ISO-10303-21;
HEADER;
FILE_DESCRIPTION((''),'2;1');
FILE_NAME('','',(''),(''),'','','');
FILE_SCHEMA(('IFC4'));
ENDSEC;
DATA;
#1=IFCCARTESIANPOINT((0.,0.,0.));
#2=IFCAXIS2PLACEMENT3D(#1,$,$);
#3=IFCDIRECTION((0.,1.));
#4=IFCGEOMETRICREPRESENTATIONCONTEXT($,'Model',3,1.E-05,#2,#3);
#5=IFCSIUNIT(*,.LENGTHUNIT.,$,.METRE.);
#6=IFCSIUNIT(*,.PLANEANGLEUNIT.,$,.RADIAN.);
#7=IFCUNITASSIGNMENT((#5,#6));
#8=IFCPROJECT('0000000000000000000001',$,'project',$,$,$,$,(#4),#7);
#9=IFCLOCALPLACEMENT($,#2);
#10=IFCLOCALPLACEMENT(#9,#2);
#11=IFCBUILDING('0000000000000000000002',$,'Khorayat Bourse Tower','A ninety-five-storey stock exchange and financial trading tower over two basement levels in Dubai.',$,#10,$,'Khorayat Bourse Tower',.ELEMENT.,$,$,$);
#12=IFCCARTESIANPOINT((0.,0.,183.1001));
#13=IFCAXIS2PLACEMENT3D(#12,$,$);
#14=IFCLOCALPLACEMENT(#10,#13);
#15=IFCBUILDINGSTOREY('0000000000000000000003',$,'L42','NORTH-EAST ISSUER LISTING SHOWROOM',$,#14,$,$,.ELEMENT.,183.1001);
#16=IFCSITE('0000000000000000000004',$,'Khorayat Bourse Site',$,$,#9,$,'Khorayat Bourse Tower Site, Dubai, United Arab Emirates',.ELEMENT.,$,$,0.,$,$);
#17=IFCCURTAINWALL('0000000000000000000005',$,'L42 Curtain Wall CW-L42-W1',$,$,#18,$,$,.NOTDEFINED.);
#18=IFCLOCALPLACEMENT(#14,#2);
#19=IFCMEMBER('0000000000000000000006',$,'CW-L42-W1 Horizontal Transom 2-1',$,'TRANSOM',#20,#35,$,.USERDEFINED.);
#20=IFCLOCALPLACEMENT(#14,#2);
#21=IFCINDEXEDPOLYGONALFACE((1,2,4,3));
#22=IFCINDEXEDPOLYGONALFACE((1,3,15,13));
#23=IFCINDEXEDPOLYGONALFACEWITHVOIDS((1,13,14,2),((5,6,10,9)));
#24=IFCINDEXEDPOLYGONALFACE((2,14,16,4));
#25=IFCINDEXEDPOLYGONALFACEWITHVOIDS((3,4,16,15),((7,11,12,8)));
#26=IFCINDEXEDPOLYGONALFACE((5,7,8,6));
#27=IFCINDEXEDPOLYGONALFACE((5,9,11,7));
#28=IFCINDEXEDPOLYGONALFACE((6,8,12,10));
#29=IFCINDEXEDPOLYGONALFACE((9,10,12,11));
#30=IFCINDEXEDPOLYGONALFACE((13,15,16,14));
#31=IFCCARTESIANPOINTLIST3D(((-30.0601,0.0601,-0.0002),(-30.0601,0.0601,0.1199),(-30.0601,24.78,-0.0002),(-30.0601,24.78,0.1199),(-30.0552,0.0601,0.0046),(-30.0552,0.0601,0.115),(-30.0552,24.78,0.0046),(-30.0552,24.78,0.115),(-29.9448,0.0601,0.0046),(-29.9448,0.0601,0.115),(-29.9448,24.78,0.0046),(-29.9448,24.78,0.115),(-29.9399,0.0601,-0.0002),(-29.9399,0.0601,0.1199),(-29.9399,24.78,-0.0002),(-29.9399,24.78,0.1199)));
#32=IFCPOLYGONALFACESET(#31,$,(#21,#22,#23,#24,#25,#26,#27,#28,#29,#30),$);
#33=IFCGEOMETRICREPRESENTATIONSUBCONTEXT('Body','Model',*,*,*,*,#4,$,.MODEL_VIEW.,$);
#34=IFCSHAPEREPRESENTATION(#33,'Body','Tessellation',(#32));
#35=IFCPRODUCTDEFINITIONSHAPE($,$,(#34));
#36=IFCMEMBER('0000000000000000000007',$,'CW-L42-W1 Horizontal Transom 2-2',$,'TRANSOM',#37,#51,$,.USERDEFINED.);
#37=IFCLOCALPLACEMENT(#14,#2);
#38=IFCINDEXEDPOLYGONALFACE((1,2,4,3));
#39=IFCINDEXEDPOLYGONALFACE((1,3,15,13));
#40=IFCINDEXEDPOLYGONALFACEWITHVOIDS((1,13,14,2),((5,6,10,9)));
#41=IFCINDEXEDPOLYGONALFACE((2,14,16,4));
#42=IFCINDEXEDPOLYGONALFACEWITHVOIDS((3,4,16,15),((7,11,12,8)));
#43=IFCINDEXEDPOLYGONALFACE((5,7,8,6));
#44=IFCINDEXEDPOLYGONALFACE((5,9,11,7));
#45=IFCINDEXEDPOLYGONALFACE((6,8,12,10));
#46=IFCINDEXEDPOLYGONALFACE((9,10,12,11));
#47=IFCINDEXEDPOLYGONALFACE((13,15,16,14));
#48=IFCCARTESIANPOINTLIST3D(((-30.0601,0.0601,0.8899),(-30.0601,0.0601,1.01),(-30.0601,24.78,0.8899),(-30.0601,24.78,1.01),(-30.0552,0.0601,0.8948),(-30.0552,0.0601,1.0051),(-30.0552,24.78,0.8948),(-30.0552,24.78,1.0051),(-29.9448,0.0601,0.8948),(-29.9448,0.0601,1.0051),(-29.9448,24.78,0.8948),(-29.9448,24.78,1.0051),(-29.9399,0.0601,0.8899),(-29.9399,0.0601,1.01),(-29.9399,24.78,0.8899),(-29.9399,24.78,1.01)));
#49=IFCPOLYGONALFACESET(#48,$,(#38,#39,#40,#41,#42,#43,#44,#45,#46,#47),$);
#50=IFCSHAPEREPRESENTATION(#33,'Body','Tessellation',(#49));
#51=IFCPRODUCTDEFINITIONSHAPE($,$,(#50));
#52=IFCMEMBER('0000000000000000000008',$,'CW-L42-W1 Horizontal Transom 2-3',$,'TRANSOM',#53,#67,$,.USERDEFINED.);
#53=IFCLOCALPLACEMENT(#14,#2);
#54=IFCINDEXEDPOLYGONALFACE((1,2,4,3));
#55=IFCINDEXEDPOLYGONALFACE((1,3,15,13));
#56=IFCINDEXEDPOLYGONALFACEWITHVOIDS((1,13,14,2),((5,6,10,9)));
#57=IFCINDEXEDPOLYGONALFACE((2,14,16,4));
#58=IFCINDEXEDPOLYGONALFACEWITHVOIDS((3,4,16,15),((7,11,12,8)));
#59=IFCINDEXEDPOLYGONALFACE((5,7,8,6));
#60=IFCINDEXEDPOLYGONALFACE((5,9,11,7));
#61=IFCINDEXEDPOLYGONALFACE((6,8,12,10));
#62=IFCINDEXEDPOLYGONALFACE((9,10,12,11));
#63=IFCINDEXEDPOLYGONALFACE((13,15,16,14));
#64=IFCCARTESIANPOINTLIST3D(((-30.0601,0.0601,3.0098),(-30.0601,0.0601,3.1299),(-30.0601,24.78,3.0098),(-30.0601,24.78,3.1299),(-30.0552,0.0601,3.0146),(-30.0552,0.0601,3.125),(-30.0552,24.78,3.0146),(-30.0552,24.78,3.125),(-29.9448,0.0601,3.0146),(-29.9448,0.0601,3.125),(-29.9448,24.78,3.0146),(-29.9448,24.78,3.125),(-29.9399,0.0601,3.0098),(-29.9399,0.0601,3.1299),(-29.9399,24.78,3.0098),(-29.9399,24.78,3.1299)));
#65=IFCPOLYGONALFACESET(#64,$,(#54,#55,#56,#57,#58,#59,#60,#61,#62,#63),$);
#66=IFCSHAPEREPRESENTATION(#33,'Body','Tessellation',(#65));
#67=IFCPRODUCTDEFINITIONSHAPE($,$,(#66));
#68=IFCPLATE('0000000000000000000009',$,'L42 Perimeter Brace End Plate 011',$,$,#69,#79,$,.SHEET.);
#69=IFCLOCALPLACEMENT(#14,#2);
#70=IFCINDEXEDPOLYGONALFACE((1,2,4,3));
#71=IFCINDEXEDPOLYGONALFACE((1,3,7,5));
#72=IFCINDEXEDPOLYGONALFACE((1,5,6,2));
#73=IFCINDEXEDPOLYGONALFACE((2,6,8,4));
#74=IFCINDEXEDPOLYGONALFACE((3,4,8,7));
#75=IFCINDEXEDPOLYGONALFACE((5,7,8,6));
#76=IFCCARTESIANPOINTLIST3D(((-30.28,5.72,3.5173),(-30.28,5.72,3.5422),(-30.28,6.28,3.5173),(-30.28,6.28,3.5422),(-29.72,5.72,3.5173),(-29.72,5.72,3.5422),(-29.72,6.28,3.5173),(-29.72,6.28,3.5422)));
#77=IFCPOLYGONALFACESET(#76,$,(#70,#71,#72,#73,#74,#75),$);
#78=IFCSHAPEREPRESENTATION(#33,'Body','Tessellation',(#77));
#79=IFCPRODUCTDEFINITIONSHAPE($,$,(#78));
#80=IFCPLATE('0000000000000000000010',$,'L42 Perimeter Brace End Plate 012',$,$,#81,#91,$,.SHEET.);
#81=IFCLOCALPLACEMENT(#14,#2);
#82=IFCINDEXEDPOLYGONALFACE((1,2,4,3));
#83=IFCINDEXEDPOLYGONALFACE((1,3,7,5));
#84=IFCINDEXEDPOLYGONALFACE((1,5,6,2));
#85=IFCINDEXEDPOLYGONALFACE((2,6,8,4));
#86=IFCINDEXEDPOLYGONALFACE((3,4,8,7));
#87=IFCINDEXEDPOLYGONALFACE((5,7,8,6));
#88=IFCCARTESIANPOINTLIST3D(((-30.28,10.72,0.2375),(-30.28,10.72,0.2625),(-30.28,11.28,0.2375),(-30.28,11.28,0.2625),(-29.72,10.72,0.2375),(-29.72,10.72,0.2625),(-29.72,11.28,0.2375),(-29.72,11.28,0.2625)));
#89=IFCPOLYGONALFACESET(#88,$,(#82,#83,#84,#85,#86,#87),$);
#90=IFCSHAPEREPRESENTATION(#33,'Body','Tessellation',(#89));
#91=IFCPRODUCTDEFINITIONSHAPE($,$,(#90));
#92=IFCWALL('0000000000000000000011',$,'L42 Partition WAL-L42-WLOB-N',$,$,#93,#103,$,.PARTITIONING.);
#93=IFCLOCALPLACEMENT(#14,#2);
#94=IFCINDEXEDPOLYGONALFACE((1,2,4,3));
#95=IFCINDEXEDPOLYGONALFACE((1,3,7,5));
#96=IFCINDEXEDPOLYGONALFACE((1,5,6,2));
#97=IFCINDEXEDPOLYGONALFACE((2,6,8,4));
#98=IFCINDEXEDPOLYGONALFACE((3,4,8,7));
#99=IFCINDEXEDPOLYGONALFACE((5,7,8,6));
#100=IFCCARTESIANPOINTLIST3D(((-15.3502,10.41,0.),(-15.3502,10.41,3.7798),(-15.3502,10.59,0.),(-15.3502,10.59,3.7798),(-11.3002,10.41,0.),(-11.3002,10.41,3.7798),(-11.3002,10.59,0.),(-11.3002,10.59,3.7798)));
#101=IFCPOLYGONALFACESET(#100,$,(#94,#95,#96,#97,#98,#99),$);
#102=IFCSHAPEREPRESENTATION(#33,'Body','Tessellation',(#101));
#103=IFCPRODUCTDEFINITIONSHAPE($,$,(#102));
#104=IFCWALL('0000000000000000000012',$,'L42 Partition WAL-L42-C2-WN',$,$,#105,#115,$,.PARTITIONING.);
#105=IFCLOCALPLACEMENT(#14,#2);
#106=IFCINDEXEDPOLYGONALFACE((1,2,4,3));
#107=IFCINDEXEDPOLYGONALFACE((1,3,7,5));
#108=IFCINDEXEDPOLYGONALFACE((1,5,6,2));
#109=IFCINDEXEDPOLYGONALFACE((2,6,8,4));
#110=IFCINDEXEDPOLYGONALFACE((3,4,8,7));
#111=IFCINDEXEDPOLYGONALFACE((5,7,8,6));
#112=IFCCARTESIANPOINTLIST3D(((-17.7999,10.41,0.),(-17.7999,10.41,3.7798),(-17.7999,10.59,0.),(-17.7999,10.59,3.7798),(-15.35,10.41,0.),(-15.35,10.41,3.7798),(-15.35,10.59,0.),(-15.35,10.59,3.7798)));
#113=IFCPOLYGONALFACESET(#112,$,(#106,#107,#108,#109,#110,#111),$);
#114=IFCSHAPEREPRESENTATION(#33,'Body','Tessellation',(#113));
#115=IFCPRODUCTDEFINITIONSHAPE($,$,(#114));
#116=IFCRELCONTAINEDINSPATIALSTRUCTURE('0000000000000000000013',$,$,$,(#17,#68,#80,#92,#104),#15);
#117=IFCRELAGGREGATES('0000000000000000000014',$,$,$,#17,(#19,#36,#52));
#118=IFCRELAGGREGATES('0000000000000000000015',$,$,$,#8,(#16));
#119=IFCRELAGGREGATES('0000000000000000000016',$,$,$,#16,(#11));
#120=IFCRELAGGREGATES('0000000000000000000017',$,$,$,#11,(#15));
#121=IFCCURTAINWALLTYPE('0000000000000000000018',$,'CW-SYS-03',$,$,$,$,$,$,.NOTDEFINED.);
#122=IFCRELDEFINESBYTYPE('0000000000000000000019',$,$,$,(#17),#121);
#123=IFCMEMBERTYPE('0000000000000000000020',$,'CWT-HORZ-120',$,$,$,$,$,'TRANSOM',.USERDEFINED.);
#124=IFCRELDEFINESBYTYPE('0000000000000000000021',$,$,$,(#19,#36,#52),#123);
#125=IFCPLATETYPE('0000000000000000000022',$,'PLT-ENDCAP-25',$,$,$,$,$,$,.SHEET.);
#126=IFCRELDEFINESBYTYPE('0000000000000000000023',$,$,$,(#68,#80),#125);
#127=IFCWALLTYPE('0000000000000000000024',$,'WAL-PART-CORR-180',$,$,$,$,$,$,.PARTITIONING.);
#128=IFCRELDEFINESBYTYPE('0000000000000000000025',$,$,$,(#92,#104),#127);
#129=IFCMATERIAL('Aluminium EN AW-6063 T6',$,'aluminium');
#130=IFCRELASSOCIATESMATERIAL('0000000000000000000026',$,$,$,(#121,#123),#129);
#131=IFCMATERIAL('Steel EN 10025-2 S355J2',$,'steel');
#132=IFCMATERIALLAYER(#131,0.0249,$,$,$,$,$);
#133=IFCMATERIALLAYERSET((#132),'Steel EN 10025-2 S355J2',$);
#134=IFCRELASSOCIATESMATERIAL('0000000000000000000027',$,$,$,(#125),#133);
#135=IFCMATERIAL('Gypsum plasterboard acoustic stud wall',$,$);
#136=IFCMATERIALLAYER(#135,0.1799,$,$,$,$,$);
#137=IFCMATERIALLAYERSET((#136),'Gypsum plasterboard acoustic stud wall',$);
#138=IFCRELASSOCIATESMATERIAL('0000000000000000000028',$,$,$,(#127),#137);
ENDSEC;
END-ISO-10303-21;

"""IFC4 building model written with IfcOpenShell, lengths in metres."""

from ifc_helpers import new_model, si_unit, direction, frame, frame_2d, origin, origin_2d, place, context, subcontext, project, spatial, rectangle, hollow_rectangle, extrude, source, transform, mapped, material, layer, layer_set, material_profile, profile_set, type_object, element, aggregate, save


model = new_model("IFC4")

# Units and contexts
model_context = context("Model", 3, precision=1e-05, world=origin(), true_north=direction((0.0, 1.0)))
body_context = subcontext(model_context, "Body", "Model", "MODEL_VIEW")
ifc_project = project(units=[si_unit("LENGTHUNIT", "METRE"), si_unit("PLANEANGLEUNIT", "RADIAN")], contexts=[model_context])

# Site, building, storey
site_placement = place(None, origin())
site = spatial("IfcSite", under=ifc_project, at=site_placement, Name="Khorayat Bourse Site", LongName="Khorayat Bourse Tower Site, Dubai, United Arab Emirates", CompositionType="ELEMENT", RefElevation=0.0)
building_placement = place(site_placement, origin())
building = spatial("IfcBuilding", under=site, at=building_placement, Name="Khorayat Bourse Tower", Description="A ninety-five-storey stock exchange and financial trading tower over two basement levels in Dubai.", LongName="Khorayat Bourse Tower", CompositionType="ELEMENT")
storey_placement = place(building_placement, frame((0.0, 0.0, 183.1001)))
storey = spatial("IfcBuildingStorey", under=building, at=storey_placement, Name="L42", Description="NORTH-EAST ISSUER LISTING SHOWROOM", CompositionType="ELEMENT", Elevation=183.1001)

# Curtain wall, members
ifc_material_1 = material(Name="Aluminium EN AW-6063 T6", Category="aluminium")
curtain_wall_type = type_object("IfcCurtainWallType", Name="CW-SYS-03", PredefinedType="NOTDEFINED", material=ifc_material_1)
curtain_wall_placement = place(storey_placement, origin())
curtain_wall = element("IfcCurtainWall", 1, at=curtain_wall_placement, inside=storey, type_object=curtain_wall_type, Name="L42 Curtain Wall CW-L42-W1", PredefinedType="NOTDEFINED")
ifc_material_profile_1 = material_profile(ifc_material_1, hollow_rectangle(XDim=0.1201, YDim=0.1201, WallThickness=0.0049, at=origin_2d()), Name="ALU 120x120x5")
ifc_profile_set_1 = profile_set([ifc_material_profile_1], Name="Aluminium EN AW-6063 T6")
member_type_1 = type_object("IfcMemberType", Name="CWT-HORZ-120", ElementType="TRANSOM", PredefinedType="USERDEFINED", material=ifc_profile_set_1)
shared_shape_1 = source(origin(), body_context, "Body", "SweptSolid", [
    extrude(hollow_rectangle(XDim=0.1201, YDim=0.1201, WallThickness=0.0049, at=origin_2d()), origin(), (0.0, 0.0, 1.0), 24.72),
])
member_1_placement = place(storey_placement, frame((-30.0, 0.0601, 0.0598), z_axis=(0.0, 1.0, 0.0), x_axis=(-1.0, 0.0, 0.0)))
member_1 = element("IfcMember", 2, at=member_1_placement, type_object=member_type_1, Name="CW-L42-W1 Horizontal Transom 2-1", ObjectType="TRANSOM", PredefinedType="USERDEFINED", context=body_context, shape_type="MappedRepresentation", body=[
    mapped(shared_shape_1, transform((0.0, 0.0, 0.0), scale=1.0)),
])
member_2_placement = place(storey_placement, frame((-30.0, 0.0601, 0.95), z_axis=(0.0, 1.0, 0.0), x_axis=(-1.0, 0.0, 0.0)))
member_2 = element("IfcMember", 3, at=member_2_placement, type_object=member_type_1, Name="CW-L42-W1 Horizontal Transom 2-2", ObjectType="TRANSOM", PredefinedType="USERDEFINED", context=body_context, shape_type="MappedRepresentation", body=[
    mapped(shared_shape_1, transform((0.0, 0.0, 0.0), scale=1.0)),
])
member_3_placement = place(storey_placement, frame((-30.0, 0.0601, 3.0698), z_axis=(0.0, 1.0, 0.0), x_axis=(-1.0, 0.0, 0.0)))
member_3 = element("IfcMember", 4, at=member_3_placement, type_object=member_type_1, Name="CW-L42-W1 Horizontal Transom 2-3", ObjectType="TRANSOM", PredefinedType="USERDEFINED", context=body_context, shape_type="MappedRepresentation", body=[
    mapped(shared_shape_1, transform((0.0, 0.0, 0.0), scale=1.0)),
])
aggregate(curtain_wall, [member_1, member_2, member_3])

# Plates
ifc_material_2 = material(Name="Steel EN 10025-2 S355J2", Category="steel")
ifc_layer_1 = layer(ifc_material_2, 0.0249)
ifc_layer_set_1 = layer_set([ifc_layer_1], Name="Steel EN 10025-2 S355J2")
plate_type = type_object("IfcPlateType", Name="PLT-ENDCAP-25", PredefinedType="SHEET", material=ifc_layer_set_1)
shared_shape_2 = source(origin(), body_context, "Body", "SweptSolid", [
    extrude(rectangle(XDim=0.5601, YDim=0.5601, at=origin_2d()), origin(), (0.0, 0.0, 1.0), 0.0249),
])
for number, where, z_axis, x_axis, name in (
    (5, (-30.0, 6.0, 3.5173), (0.0, 0.0, 1.0), (1.0, 0.0, 0.0), "L42 Perimeter Brace End Plate 011"),
    (6, (-30.0, 11.0, 0.2375), (0.0, 0.0, 1.0), (1.0, 0.0, 0.0), "L42 Perimeter Brace End Plate 012"),
):
    element("IfcPlate", number, at=place(storey_placement, frame(where, z_axis=z_axis, x_axis=x_axis)), inside=storey, type_object=plate_type, Name=name, PredefinedType="SHEET", context=body_context, shape_type="MappedRepresentation", body=[
        mapped(shared_shape_2, transform((0.0, 0.0, 0.0), scale=1.0)),
    ])

# Walls
ifc_material_3 = material(Name="Gypsum plasterboard acoustic stud wall")
ifc_layer_2 = layer(ifc_material_3, 0.1799)
ifc_layer_set_2 = layer_set([ifc_layer_2], Name="Gypsum plasterboard acoustic stud wall")
wall_type = type_object("IfcWallType", Name="WAL-PART-CORR-180", PredefinedType="PARTITIONING", material=ifc_layer_set_2)
shared_shape_3 = source(origin(), body_context, "Body", "SweptSolid", [
    extrude(rectangle(XDim=4.05, YDim=0.1799, at=frame_2d((2.0249, 0.0))), origin(), (0.0, 0.0, 1.0), 3.7798),
])
wall_1_placement = place(storey_placement, frame((-15.3501, 10.5, 0.0), z_axis=(0.0, 0.0, 1.0), x_axis=(1.0, 0.0, 0.0)))
element("IfcWall", 7, at=wall_1_placement, inside=storey, type_object=wall_type, Name="L42 Partition WAL-L42-WLOB-N", PredefinedType="PARTITIONING", context=body_context, shape_type="MappedRepresentation", body=[
    mapped(shared_shape_3, transform((0.0, 0.0, 0.0), scale=1.0)),
])
shared_shape_4 = source(origin(), body_context, "Body", "SweptSolid", [
    extrude(rectangle(XDim=2.45, YDim=0.1799, at=frame_2d((1.2251, 0.0))), origin(), (0.0, 0.0, 1.0), 3.7798),
])
wall_2_placement = place(storey_placement, frame((-17.8, 10.5, 0.0), z_axis=(0.0, 0.0, 1.0), x_axis=(1.0, 0.0, 0.0)))
element("IfcWall", 8, at=wall_2_placement, inside=storey, type_object=wall_type, Name="L42 Partition WAL-L42-C2-WN", PredefinedType="PARTITIONING", context=body_context, shape_type="MappedRepresentation", body=[
    mapped(shared_shape_4, transform((0.0, 0.0, 0.0), scale=1.0)),
])

save(model, "model.ifc")
